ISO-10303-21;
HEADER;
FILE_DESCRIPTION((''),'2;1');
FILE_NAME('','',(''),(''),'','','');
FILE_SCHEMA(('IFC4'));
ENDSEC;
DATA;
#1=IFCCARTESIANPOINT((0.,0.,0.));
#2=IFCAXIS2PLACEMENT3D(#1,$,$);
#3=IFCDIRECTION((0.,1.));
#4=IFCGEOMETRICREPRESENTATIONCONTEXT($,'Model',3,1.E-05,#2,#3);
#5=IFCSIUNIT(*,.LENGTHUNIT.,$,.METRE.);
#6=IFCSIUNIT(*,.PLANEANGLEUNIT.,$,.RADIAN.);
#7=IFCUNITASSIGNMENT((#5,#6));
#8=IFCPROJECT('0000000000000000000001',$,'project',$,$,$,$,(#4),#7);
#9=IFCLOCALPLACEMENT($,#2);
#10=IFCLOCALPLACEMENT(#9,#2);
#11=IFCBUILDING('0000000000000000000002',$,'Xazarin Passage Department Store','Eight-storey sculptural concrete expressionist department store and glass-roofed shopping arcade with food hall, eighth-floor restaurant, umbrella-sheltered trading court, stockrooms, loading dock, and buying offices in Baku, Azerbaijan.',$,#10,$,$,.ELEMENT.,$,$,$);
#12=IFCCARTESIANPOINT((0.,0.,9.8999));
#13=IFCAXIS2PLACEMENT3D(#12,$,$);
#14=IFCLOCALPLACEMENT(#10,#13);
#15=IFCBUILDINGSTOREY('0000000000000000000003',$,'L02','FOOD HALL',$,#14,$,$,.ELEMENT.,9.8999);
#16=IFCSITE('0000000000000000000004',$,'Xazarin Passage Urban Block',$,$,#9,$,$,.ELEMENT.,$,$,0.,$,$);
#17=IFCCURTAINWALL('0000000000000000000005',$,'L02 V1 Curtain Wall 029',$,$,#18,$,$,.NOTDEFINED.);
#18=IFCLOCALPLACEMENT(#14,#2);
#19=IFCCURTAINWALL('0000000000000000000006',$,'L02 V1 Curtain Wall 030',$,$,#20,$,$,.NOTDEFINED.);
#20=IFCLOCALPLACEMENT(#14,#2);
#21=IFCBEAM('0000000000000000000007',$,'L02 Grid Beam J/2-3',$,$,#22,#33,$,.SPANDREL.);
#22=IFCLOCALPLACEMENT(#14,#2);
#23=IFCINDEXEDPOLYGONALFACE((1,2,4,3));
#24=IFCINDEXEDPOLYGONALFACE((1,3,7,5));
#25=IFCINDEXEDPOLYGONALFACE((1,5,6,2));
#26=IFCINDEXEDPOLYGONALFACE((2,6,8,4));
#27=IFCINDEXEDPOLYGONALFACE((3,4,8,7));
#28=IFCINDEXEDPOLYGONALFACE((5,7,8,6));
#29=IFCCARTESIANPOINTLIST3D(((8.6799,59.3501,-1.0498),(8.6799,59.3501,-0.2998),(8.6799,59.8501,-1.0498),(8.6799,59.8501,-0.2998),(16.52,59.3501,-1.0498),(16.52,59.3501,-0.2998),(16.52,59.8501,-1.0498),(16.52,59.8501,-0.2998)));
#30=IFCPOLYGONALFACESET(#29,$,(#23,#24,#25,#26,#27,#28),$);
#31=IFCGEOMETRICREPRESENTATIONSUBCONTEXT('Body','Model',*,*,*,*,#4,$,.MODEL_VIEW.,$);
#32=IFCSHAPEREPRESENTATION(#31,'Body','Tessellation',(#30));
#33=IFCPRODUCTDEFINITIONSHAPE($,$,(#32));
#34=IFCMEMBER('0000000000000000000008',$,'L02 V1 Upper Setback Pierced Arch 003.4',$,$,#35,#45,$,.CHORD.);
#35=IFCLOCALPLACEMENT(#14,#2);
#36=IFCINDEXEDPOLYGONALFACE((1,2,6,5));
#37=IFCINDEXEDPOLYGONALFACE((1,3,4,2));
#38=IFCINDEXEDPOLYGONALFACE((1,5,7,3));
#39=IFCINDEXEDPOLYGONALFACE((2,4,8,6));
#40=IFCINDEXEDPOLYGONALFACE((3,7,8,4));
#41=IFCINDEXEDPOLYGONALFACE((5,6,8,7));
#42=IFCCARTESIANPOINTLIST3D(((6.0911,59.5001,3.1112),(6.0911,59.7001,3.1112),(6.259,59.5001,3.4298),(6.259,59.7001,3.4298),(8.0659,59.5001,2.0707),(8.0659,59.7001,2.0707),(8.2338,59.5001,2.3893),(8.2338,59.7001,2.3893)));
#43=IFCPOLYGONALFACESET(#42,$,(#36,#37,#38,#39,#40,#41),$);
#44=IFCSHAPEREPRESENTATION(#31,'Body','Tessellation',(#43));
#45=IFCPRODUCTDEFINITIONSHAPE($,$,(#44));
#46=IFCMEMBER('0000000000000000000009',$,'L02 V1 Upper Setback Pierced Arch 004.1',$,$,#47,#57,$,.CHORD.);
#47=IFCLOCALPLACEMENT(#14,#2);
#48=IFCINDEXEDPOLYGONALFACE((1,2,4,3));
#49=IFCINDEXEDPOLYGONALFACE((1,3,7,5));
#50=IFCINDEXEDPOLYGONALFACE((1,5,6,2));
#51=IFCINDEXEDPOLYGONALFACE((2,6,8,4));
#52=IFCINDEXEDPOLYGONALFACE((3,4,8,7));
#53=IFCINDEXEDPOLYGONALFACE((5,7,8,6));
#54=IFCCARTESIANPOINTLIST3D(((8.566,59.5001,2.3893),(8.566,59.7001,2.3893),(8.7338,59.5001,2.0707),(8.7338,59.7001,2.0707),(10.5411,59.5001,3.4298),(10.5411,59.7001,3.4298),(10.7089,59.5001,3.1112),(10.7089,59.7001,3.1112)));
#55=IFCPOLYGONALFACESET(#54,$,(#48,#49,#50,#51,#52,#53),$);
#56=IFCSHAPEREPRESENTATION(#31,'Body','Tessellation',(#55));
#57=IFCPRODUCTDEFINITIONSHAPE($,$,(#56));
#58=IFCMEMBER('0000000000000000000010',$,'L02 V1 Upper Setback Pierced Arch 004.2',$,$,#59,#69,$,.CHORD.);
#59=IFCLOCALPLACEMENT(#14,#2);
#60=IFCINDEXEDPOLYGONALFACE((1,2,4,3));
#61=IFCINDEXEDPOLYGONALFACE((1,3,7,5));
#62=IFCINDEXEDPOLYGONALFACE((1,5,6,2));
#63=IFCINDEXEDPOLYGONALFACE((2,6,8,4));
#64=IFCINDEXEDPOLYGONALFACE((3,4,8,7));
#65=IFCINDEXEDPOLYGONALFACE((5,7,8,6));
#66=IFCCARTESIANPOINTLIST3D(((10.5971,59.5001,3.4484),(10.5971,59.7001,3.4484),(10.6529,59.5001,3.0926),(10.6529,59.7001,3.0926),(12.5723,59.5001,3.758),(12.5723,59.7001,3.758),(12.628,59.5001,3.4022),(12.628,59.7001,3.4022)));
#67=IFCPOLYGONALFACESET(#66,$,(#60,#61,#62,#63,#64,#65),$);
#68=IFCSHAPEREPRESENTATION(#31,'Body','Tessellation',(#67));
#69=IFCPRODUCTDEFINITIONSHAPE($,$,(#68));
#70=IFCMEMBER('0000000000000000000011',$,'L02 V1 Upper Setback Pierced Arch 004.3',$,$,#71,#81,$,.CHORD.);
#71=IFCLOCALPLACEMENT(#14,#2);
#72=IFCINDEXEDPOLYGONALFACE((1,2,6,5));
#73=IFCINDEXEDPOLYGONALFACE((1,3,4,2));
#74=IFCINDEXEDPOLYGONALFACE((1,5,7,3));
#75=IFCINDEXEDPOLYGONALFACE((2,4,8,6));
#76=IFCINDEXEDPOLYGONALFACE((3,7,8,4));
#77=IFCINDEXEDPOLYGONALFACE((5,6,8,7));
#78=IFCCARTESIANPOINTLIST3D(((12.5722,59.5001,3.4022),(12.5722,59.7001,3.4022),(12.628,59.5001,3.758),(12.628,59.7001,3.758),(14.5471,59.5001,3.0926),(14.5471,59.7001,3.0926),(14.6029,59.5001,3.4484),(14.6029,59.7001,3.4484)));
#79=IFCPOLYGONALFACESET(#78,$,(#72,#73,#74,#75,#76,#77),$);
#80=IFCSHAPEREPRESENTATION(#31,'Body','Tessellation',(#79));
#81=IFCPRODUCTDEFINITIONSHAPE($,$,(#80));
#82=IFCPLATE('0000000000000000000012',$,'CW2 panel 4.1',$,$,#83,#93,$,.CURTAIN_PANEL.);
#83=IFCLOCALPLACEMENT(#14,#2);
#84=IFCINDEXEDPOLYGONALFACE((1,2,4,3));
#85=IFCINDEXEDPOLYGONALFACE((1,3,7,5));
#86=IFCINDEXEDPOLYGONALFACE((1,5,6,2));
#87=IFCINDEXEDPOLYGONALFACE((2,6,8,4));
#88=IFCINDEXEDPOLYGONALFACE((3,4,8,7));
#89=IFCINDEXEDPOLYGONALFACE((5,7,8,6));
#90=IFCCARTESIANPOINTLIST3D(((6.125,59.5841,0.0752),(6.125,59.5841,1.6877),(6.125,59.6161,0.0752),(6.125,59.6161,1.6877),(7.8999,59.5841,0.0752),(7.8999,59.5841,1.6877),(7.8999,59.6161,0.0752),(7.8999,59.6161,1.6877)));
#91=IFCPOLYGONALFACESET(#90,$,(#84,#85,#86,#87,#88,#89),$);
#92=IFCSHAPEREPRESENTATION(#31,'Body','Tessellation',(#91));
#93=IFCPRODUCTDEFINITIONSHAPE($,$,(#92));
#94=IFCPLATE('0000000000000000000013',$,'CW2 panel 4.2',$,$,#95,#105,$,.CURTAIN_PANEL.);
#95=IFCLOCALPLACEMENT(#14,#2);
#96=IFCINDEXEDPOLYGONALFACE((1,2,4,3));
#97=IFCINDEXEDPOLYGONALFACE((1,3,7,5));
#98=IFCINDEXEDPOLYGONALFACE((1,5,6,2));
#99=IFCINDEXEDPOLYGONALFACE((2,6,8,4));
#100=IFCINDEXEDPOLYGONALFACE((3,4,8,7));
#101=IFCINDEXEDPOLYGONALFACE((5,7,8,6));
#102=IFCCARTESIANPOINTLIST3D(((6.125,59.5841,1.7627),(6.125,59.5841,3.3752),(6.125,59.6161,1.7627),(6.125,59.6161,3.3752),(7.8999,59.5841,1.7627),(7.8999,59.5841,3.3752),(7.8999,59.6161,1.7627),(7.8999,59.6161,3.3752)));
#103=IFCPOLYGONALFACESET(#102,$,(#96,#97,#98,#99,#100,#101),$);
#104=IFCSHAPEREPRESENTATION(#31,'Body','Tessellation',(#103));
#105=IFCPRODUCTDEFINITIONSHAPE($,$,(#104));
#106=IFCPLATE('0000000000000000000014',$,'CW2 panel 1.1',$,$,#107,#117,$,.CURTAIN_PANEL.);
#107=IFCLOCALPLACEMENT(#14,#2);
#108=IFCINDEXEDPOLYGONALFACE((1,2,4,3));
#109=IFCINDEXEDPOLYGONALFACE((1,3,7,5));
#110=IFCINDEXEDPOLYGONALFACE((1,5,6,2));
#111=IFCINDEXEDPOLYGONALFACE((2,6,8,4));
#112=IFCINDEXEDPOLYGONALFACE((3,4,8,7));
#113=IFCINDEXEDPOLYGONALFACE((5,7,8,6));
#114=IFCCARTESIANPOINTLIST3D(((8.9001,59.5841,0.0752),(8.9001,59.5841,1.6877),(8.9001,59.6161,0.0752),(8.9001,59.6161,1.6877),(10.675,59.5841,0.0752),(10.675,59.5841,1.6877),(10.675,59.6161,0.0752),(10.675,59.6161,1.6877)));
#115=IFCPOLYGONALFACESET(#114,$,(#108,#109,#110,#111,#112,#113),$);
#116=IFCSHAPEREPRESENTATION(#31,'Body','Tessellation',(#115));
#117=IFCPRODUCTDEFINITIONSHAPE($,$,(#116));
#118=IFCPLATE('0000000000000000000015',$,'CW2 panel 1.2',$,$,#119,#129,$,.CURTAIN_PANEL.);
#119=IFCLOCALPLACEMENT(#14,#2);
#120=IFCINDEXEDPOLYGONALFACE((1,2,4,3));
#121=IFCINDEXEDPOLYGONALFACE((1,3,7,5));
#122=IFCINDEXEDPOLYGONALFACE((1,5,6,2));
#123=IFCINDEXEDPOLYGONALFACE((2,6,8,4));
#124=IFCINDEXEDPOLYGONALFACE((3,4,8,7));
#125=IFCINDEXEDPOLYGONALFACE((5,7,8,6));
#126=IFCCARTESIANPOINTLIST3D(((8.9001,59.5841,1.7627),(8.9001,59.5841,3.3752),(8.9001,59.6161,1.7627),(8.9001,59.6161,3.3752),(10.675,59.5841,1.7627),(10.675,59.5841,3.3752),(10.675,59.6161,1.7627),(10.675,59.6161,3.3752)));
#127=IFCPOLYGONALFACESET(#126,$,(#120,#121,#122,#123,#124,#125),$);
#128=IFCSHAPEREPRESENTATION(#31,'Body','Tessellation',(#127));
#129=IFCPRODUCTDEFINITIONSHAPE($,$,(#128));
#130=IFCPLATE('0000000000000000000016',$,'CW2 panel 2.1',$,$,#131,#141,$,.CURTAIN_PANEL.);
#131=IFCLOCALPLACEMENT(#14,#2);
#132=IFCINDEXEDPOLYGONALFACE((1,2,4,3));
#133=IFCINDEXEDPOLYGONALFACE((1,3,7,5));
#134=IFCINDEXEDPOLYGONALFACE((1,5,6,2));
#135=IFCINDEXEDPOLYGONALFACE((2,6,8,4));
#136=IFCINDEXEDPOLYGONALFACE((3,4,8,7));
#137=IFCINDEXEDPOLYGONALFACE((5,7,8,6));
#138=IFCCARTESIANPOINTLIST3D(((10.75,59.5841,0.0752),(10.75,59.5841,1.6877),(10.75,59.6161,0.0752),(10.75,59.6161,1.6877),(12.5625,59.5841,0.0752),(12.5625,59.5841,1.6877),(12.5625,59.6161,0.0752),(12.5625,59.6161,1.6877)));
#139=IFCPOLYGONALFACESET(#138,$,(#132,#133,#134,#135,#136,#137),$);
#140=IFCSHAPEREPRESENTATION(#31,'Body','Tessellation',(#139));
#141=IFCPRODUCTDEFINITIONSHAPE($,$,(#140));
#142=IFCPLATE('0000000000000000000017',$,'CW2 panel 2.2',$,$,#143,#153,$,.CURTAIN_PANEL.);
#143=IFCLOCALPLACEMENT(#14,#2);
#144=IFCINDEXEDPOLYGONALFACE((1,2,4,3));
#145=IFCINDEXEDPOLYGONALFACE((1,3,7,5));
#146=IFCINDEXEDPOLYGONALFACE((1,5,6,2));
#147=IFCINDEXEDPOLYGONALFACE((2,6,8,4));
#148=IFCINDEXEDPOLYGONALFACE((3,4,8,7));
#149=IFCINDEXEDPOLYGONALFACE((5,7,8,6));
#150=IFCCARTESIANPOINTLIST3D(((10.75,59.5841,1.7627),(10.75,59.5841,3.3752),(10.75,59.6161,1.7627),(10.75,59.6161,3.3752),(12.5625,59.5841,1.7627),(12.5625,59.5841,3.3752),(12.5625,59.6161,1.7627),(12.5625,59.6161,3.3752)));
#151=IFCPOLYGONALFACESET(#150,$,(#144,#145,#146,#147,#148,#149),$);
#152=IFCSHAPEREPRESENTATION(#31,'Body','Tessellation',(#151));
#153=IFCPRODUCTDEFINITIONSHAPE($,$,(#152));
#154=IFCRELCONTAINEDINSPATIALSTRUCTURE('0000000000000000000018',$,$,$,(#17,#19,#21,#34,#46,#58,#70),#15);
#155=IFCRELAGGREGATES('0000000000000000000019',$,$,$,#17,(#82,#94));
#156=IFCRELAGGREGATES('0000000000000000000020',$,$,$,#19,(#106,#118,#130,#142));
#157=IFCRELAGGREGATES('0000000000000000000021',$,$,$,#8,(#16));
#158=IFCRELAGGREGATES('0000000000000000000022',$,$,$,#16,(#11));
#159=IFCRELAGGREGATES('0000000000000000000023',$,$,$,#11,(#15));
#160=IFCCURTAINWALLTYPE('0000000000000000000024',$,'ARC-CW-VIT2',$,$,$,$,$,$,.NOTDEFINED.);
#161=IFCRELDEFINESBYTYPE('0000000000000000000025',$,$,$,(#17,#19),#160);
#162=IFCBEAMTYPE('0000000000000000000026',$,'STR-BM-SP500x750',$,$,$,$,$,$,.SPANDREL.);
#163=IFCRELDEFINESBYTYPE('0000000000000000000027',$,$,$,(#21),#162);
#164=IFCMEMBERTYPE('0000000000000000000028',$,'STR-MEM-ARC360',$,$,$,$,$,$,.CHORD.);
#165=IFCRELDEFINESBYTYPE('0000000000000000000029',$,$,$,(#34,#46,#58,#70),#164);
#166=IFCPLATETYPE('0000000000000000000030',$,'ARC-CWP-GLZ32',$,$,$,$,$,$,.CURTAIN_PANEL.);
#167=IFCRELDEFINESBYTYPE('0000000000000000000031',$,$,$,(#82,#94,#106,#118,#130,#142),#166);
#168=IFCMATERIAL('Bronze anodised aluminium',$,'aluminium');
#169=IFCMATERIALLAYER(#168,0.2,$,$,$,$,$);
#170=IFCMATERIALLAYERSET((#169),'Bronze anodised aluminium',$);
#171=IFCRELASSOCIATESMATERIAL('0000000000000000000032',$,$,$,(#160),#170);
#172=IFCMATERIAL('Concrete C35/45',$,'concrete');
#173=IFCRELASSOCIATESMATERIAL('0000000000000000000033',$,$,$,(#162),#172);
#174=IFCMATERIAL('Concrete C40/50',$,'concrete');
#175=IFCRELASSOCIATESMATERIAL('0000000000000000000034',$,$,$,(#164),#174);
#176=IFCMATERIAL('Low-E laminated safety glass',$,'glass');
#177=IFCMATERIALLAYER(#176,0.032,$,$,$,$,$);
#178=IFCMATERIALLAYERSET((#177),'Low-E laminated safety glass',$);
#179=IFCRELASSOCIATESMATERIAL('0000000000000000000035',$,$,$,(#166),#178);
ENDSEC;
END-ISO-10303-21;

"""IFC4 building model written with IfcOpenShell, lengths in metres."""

from ifc_helpers import new_model, si_unit, direction, frame, origin, origin_2d, place, context, subcontext, project, spatial, rectangle, extrude, material, layer, layer_set, material_profile, profile_set, type_object, element, aggregate, save


model = new_model("IFC4")

# Units and contexts
model_context = context("Model", 3, precision=1e-05, world=origin(), true_north=direction((0.0, 1.0)))
body_context = subcontext(model_context, "Body", "Model", "MODEL_VIEW")
ifc_project = project(units=[si_unit("LENGTHUNIT", "METRE"), si_unit("PLANEANGLEUNIT", "RADIAN")], contexts=[model_context])

# Site, building, storey
site_placement = place(None, origin())
site = spatial("IfcSite", under=ifc_project, at=site_placement, Name="Xazarin Passage Urban Block", CompositionType="ELEMENT", RefElevation=0.0)
building_placement = place(site_placement, origin())
building = spatial("IfcBuilding", under=site, at=building_placement, Name="Xazarin Passage Department Store", Description="Eight-storey sculptural concrete expressionist department store and glass-roofed shopping arcade with food hall, eighth-floor restaurant, umbrella-sheltered trading court, stockrooms, loading dock, and buying offices in Baku, Azerbaijan.", CompositionType="ELEMENT")
storey_placement = place(building_placement, frame((0.0, 0.0, 9.8999)))
storey = spatial("IfcBuildingStorey", under=building, at=storey_placement, Name="L02", Description="FOOD HALL", CompositionType="ELEMENT", Elevation=9.8999)

# Shared definitions
ifc_material_1 = material(Name="Concrete C40/50", Category="concrete")

# Curtain wall
ifc_material_2 = material(Name="Bronze anodised aluminium", Category="aluminium")
ifc_layer_1 = layer(ifc_material_2, 0.2)
ifc_layer_set_1 = layer_set([ifc_layer_1], Name="Bronze anodised aluminium")
curtain_wall_type = type_object("IfcCurtainWallType", Name="ARC-CW-VIT2", PredefinedType="NOTDEFINED", material=ifc_layer_set_1)
curtain_wall_1_placement = place(storey_placement, origin())
curtain_wall_1 = element("IfcCurtainWall", 1, at=curtain_wall_1_placement, inside=storey, type_object=curtain_wall_type, Name="L02 V1 Curtain Wall 029", PredefinedType="NOTDEFINED")

# Curtain wall
curtain_wall_2_placement = place(storey_placement, origin())
curtain_wall_2 = element("IfcCurtainWall", 2, at=curtain_wall_2_placement, inside=storey, type_object=curtain_wall_type, Name="L02 V1 Curtain Wall 030", PredefinedType="NOTDEFINED")

# Beam
ifc_material_3 = material(Name="Concrete C35/45", Category="concrete")
ifc_material_profile_1 = material_profile(ifc_material_3, rectangle(XDim=0.5, YDim=0.75, at=origin_2d()), Name="RC 500x750")
ifc_profile_set_1 = profile_set([ifc_material_profile_1], Name="Concrete C35/45")
beam_type = type_object("IfcBeamType", Name="STR-BM-SP500x750", PredefinedType="SPANDREL", material=ifc_profile_set_1)
beam_placement = place(storey_placement, frame((8.6799, 59.6001, -0.6748), z_axis=(1.0, 0.0, 0.0), x_axis=(0.0, 1.0, 0.0)))
element("IfcBeam", 3, at=beam_placement, inside=storey, type_object=beam_type, Name="L02 Grid Beam J/2-3", PredefinedType="SPANDREL", context=body_context, shape_type="SweptSolid", body=[
    extrude(rectangle(XDim=0.5, YDim=0.75, at=origin_2d()), origin(), (0.0, 0.0, 1.0), 7.8401),
])

# Members
ifc_material_profile_2 = material_profile(ifc_material_1, rectangle(XDim=0.2, YDim=0.3601, at=origin_2d()), Name="RC 200x360")
ifc_profile_set_2 = profile_set([ifc_material_profile_2], Name="Concrete C40/50")
member_type_1 = type_object("IfcMemberType", Name="STR-MEM-ARC360", PredefinedType="CHORD", material=ifc_profile_set_2)
member_1_placement = place(storey_placement, frame((6.175, 59.6001, 3.2705), z_axis=(0.884709, 0.0, -0.466143), x_axis=(0.0, 1.0, 0.0)))
element("IfcMember", 4, at=member_1_placement, inside=storey, type_object=member_type_1, Name="L02 V1 Upper Setback Pierced Arch 003.4", PredefinedType="CHORD", context=body_context, shape_type="SweptSolid", body=[
    extrude(rectangle(XDim=0.2, YDim=0.3601, at=origin_2d()), origin(), (0.0, 0.0, 1.0), 2.2322),
])
member_2_placement = place(storey_placement, frame((8.6499, 59.6001, 2.23), z_axis=(0.884733, 0.0, 0.466098), x_axis=(0.0, 1.0, 0.0)))
element("IfcMember", 5, at=member_2_placement, inside=storey, type_object=member_type_1, Name="L02 V1 Upper Setback Pierced Arch 004.1", PredefinedType="CHORD", context=body_context, shape_type="SweptSolid", body=[
    extrude(rectangle(XDim=0.2, YDim=0.3601, at=origin_2d()), origin(), (0.0, 0.0, 1.0), 2.2324),
])
member_3_placement = place(storey_placement, frame((10.625, 59.6001, 3.2705), z_axis=(0.987939, 0.0, 0.154846), x_axis=(0.0, 1.0, 0.0)))
element("IfcMember", 6, at=member_3_placement, inside=storey, type_object=member_type_1, Name="L02 V1 Upper Setback Pierced Arch 004.2", PredefinedType="CHORD", context=body_context, shape_type="SweptSolid", body=[
    extrude(rectangle(XDim=0.2, YDim=0.3601, at=origin_2d()), origin(), (0.0, 0.0, 1.0), 1.9993),
])
member_4_placement = place(storey_placement, frame((12.6001, 59.6001, 3.5801), z_axis=(0.987936, 0.0, -0.154865), x_axis=(0.0, 1.0, 0.0)))
element("IfcMember", 7, at=member_4_placement, inside=storey, type_object=member_type_1, Name="L02 V1 Upper Setback Pierced Arch 004.3", PredefinedType="CHORD", context=body_context, shape_type="SweptSolid", body=[
    extrude(rectangle(XDim=0.2, YDim=0.3601, at=origin_2d()), origin(), (0.0, 0.0, 1.0), 1.999),
])

# Plates
ifc_material_4 = material(Name="Low-E laminated safety glass", Category="glass")
ifc_layer_2 = layer(ifc_material_4, 0.032)
ifc_layer_set_2 = layer_set([ifc_layer_2], Name="Low-E laminated safety glass")
plate_type = type_object("IfcPlateType", Name="ARC-CWP-GLZ32", PredefinedType="CURTAIN_PANEL", material=ifc_layer_set_2)
plate_1_placement = place(storey_placement, frame((7.0125, 59.6001, 0.0752), z_axis=(0.0, 0.0, 1.0), x_axis=(1.0, 0.0, 0.0)))
plate_1 = element("IfcPlate", 8, at=plate_1_placement, type_object=plate_type, Name="CW2 panel 4.1", PredefinedType="CURTAIN_PANEL", context=body_context, shape_type="SweptSolid", body=[
    extrude(rectangle(XDim=1.7749, YDim=0.032, at=origin_2d()), origin(), (0.0, 0.0, 1.0), 1.6125),
])
plate_2_placement = place(storey_placement, frame((7.0125, 59.6001, 1.7627), z_axis=(0.0, 0.0, 1.0), x_axis=(1.0, 0.0, 0.0)))
plate_2 = element("IfcPlate", 9, at=plate_2_placement, type_object=plate_type, Name="CW2 panel 4.2", PredefinedType="CURTAIN_PANEL", context=body_context, shape_type="SweptSolid", body=[
    extrude(rectangle(XDim=1.7749, YDim=0.032, at=origin_2d()), origin(), (0.0, 0.0, 1.0), 1.6125),
])
aggregate(curtain_wall_1, [plate_1, plate_2])
plate_3_placement = place(storey_placement, frame((9.7876, 59.6001, 0.0752), z_axis=(0.0, 0.0, 1.0), x_axis=(1.0, 0.0, 0.0)))
plate_3 = element("IfcPlate", 10, at=plate_3_placement, type_object=plate_type, Name="CW2 panel 1.1", PredefinedType="CURTAIN_PANEL", context=body_context, shape_type="SweptSolid", body=[
    extrude(rectangle(XDim=1.7749, YDim=0.032, at=origin_2d()), origin(), (0.0, 0.0, 1.0), 1.6125),
])
plate_4_placement = place(storey_placement, frame((9.7876, 59.6001, 1.7627), z_axis=(0.0, 0.0, 1.0), x_axis=(1.0, 0.0, 0.0)))
plate_4 = element("IfcPlate", 11, at=plate_4_placement, type_object=plate_type, Name="CW2 panel 1.2", PredefinedType="CURTAIN_PANEL", context=body_context, shape_type="SweptSolid", body=[
    extrude(rectangle(XDim=1.7749, YDim=0.032, at=origin_2d()), origin(), (0.0, 0.0, 1.0), 1.6125),
])
plate_5_placement = place(storey_placement, frame((11.6562, 59.6001, 0.0752), z_axis=(0.0, 0.0, 1.0), x_axis=(1.0, 0.0, 0.0)))
plate_5 = element("IfcPlate", 12, at=plate_5_placement, type_object=plate_type, Name="CW2 panel 2.1", PredefinedType="CURTAIN_PANEL", context=body_context, shape_type="SweptSolid", body=[
    extrude(rectangle(XDim=1.8125, YDim=0.032, at=origin_2d()), origin(), (0.0, 0.0, 1.0), 1.6125),
])
plate_6_placement = place(storey_placement, frame((11.6562, 59.6001, 1.7627), z_axis=(0.0, 0.0, 1.0), x_axis=(1.0, 0.0, 0.0)))
plate_6 = element("IfcPlate", 13, at=plate_6_placement, type_object=plate_type, Name="CW2 panel 2.2", PredefinedType="CURTAIN_PANEL", context=body_context, shape_type="SweptSolid", body=[
    extrude(rectangle(XDim=1.8125, YDim=0.032, at=origin_2d()), origin(), (0.0, 0.0, 1.0), 1.6125),
])
aggregate(curtain_wall_2, [plate_3, plate_4, plate_5, plate_6])

save(model, "model.ifc")
